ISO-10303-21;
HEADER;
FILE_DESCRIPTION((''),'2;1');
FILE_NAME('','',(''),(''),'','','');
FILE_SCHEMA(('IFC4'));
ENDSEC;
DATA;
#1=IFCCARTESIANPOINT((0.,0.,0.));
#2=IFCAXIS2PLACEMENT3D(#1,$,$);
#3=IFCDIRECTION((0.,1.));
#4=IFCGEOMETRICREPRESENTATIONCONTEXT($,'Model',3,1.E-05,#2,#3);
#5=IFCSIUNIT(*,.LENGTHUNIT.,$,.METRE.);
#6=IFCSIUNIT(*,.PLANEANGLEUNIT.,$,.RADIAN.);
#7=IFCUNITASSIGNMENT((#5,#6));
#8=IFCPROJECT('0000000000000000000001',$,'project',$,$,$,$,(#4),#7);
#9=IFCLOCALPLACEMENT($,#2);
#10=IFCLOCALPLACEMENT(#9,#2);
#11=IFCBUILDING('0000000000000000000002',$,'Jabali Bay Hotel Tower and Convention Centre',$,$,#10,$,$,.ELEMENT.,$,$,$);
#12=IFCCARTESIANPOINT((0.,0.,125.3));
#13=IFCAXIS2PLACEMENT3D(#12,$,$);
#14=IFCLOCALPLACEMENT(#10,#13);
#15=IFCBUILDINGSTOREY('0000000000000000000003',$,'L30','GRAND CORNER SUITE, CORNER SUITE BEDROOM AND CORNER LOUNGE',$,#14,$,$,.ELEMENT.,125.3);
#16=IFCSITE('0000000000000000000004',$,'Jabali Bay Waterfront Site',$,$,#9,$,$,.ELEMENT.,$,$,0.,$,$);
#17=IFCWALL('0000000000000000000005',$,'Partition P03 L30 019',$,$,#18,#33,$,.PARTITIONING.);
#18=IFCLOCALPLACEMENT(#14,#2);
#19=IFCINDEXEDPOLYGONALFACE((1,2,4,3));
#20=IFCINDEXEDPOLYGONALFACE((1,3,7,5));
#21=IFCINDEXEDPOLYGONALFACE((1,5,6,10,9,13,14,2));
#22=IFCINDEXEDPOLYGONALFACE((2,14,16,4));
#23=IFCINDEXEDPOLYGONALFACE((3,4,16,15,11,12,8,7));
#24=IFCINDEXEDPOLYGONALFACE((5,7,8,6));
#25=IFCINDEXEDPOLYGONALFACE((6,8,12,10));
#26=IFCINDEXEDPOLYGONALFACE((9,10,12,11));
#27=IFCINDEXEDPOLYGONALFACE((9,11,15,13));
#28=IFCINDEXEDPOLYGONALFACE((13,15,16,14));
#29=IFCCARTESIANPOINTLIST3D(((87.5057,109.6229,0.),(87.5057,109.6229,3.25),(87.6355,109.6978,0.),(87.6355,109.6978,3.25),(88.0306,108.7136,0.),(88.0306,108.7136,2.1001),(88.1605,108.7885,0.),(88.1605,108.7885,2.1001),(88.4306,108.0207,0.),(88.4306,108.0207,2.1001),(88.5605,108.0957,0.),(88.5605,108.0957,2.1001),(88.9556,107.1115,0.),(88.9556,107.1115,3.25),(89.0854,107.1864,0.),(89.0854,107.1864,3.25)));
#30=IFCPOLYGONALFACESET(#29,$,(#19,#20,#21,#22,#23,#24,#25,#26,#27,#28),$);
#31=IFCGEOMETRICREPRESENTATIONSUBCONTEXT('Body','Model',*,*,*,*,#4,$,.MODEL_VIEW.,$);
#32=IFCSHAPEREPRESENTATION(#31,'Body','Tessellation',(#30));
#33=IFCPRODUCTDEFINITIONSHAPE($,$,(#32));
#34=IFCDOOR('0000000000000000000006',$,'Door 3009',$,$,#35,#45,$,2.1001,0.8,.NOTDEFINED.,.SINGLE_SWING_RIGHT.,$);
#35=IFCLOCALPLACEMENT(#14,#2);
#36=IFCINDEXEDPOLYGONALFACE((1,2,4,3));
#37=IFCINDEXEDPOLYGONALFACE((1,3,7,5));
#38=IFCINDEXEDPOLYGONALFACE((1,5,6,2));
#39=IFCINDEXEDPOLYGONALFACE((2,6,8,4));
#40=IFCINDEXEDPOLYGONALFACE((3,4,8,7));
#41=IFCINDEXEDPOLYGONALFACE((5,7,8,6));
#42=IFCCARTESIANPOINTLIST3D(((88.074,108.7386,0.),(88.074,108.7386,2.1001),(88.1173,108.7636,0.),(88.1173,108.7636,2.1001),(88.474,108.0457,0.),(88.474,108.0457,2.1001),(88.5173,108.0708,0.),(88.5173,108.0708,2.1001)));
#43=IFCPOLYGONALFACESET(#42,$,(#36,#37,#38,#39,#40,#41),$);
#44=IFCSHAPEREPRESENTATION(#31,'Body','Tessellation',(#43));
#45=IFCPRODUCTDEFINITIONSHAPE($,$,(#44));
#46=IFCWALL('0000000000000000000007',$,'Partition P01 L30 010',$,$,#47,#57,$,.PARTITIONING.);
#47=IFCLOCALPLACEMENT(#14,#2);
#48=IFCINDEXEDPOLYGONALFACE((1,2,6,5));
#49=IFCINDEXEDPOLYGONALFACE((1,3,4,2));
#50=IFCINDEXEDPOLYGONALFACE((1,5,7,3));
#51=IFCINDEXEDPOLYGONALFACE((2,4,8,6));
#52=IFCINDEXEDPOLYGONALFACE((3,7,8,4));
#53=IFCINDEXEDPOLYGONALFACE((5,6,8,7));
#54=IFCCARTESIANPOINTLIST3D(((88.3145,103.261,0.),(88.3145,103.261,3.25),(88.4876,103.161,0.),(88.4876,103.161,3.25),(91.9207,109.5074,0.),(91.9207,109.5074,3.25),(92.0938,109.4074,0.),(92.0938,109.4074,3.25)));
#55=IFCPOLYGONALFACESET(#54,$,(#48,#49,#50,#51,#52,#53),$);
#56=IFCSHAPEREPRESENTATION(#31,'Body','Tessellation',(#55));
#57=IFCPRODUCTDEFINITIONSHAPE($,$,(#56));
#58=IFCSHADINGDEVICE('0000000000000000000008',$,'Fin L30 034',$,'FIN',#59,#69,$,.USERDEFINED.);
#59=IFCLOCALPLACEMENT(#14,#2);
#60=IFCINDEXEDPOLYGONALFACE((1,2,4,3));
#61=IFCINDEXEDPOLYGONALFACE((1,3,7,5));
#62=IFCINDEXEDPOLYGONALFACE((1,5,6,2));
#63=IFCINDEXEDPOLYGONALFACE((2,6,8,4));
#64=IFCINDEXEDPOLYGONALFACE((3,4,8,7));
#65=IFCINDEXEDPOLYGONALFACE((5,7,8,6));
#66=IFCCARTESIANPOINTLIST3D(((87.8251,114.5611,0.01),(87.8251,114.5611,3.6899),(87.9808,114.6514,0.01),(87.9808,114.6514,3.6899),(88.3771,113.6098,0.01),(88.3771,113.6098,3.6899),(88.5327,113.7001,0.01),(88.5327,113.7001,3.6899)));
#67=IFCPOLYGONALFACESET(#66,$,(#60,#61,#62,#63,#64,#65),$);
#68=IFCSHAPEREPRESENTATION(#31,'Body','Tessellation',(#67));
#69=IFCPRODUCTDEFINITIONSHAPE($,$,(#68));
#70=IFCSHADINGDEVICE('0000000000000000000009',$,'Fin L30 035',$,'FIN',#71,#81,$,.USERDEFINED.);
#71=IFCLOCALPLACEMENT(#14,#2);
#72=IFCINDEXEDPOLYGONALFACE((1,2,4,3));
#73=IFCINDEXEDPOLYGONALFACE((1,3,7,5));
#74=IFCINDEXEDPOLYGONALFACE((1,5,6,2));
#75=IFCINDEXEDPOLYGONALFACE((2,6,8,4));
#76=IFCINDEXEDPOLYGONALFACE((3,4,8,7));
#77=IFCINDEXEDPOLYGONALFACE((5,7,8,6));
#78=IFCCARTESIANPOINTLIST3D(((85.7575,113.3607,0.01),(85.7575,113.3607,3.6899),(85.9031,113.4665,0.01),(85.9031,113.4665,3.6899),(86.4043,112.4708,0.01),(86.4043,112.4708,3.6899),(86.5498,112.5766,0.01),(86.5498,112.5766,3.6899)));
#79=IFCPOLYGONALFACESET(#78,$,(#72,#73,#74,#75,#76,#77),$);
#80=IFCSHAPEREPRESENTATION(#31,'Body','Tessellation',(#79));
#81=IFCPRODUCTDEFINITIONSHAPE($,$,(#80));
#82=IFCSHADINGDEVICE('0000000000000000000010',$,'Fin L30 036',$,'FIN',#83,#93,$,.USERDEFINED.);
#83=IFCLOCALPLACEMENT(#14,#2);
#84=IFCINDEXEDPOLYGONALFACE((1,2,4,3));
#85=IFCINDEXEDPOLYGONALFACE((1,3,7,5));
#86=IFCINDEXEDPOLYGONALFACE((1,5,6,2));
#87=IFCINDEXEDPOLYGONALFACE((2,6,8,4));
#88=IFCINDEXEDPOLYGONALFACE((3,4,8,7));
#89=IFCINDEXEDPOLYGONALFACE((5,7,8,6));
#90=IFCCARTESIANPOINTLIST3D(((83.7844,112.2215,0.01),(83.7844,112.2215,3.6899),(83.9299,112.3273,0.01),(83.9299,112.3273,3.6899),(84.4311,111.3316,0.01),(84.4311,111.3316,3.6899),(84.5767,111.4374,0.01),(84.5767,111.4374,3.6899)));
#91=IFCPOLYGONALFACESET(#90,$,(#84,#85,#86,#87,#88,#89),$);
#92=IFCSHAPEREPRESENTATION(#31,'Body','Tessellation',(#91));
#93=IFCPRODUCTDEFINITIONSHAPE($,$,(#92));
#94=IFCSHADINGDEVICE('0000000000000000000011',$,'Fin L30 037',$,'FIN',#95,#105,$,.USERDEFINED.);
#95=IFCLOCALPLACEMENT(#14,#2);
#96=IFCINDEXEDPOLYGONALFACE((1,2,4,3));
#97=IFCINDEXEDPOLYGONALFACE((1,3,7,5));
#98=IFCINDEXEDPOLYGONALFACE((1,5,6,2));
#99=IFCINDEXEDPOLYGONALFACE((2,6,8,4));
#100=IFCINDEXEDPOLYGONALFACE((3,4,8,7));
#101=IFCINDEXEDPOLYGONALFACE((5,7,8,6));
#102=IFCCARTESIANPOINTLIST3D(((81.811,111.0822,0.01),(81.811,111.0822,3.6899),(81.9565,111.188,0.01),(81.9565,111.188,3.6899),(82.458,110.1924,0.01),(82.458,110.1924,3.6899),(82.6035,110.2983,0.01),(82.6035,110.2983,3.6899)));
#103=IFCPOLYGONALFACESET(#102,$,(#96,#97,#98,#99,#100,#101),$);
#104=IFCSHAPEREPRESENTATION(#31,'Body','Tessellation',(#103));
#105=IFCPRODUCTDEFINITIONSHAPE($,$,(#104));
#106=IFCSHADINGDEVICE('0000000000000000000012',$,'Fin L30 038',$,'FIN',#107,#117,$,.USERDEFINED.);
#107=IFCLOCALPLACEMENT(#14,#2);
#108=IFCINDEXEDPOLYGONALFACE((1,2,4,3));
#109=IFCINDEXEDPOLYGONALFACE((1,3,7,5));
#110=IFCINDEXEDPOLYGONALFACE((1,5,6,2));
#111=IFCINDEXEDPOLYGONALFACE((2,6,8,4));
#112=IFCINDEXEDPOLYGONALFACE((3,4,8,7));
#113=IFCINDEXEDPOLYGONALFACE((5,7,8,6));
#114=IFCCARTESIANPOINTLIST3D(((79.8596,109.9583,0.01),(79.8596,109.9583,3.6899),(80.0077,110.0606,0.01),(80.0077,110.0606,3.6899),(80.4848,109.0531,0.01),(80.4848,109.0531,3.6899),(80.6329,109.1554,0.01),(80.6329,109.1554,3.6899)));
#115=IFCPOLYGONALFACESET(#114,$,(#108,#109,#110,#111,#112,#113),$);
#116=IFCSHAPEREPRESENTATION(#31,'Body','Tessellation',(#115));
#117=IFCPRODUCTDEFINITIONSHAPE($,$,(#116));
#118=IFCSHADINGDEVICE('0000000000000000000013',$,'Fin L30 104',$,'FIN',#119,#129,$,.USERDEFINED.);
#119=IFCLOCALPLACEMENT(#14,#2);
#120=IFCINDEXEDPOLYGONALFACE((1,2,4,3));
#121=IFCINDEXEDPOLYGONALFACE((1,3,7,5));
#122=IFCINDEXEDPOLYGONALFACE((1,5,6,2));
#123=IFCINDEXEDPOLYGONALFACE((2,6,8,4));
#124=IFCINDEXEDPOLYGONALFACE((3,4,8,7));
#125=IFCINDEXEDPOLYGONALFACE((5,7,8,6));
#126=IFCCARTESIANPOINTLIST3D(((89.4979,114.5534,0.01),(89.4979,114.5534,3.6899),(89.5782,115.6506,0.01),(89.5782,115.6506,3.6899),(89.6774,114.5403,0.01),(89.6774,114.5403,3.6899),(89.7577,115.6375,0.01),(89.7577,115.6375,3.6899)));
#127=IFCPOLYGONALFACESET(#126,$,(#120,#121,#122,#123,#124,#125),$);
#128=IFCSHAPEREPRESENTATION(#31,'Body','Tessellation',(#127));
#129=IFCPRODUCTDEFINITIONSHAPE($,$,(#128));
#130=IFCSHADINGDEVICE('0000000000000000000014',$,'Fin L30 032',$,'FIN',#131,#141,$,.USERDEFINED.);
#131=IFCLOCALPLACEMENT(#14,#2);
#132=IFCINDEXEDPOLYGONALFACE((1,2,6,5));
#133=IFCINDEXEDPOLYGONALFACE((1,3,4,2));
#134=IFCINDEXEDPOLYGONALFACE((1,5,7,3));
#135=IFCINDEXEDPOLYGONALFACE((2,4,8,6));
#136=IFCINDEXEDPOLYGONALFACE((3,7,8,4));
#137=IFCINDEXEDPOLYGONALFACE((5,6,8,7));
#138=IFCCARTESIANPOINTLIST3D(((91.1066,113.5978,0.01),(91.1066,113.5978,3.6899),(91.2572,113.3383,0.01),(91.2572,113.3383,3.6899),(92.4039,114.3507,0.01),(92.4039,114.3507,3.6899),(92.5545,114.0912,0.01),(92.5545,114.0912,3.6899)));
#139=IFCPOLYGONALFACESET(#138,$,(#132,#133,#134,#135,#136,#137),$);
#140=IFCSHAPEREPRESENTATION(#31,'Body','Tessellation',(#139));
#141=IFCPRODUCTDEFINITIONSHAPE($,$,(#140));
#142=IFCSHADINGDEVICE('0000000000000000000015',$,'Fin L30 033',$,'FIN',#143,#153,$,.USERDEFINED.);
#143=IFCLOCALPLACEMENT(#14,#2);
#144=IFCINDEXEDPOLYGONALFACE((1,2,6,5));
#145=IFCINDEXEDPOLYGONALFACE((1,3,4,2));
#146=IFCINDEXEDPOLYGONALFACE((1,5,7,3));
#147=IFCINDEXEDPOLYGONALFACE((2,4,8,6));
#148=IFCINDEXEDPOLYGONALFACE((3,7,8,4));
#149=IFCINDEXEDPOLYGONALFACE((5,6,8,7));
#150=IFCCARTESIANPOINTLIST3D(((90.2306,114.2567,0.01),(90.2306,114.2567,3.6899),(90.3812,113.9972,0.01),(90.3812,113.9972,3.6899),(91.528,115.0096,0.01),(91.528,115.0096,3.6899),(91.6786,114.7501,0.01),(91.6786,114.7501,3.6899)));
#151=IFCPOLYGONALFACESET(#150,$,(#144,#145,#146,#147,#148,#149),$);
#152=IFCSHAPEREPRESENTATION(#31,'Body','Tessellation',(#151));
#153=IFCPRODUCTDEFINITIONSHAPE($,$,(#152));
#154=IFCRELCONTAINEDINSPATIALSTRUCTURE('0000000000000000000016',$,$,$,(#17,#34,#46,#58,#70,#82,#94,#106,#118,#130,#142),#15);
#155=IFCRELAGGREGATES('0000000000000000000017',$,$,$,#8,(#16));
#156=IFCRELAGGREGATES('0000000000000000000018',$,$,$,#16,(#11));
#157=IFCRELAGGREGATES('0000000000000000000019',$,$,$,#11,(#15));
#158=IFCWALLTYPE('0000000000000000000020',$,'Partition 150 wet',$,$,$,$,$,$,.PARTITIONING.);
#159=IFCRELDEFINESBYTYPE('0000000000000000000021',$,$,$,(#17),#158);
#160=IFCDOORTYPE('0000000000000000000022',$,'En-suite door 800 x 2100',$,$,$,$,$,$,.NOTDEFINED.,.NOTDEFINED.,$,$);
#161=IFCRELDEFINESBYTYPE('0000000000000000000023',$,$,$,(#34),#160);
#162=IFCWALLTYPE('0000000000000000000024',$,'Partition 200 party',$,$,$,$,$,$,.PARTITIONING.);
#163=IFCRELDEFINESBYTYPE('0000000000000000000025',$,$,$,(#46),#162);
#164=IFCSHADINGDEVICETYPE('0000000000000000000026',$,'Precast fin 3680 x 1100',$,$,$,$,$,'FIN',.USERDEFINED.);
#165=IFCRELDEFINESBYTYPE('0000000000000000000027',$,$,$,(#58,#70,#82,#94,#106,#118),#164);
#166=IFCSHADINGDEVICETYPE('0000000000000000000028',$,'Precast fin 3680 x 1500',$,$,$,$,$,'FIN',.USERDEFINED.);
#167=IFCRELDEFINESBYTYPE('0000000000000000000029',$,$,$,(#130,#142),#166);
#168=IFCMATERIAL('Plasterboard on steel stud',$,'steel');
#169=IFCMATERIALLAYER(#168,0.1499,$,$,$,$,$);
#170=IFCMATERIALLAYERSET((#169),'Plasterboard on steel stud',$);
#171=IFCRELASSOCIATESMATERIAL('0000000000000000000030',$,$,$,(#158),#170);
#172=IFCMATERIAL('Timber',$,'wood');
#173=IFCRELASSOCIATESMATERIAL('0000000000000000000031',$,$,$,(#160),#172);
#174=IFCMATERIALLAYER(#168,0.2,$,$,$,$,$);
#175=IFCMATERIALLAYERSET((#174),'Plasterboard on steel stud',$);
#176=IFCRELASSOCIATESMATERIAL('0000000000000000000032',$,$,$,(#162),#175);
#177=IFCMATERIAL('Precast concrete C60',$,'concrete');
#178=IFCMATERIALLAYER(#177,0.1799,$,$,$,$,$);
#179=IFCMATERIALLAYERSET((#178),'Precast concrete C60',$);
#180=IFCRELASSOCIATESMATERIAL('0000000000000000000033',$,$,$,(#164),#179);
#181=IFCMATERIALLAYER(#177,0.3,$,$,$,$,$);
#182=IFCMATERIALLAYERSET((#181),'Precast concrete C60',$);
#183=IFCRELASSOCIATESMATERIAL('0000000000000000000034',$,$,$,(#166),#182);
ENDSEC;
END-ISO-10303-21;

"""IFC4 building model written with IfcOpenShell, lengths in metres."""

from ifc_helpers import new_model, si_unit, direction, frame, frame_2d, origin, place, context, subcontext, project, spatial, rectangle, extrude, material, layer, layer_set, type_object, element, fill, save


model = new_model("IFC4")

# Units and contexts
model_context = context("Model", 3, precision=1e-05, world=origin(), true_north=direction((0.0, 1.0)))
body_context = subcontext(model_context, "Body", "Model", "MODEL_VIEW")
ifc_project = project(units=[si_unit("LENGTHUNIT", "METRE"), si_unit("PLANEANGLEUNIT", "RADIAN")], contexts=[model_context])

# Site, building, storey
site_placement = place(None, origin())
site = spatial("IfcSite", under=ifc_project, at=site_placement, Name="Jabali Bay Waterfront Site", CompositionType="ELEMENT", RefElevation=0.0)
building_placement = place(site_placement, origin())
building = spatial("IfcBuilding", under=site, at=building_placement, Name="Jabali Bay Hotel Tower and Convention Centre", CompositionType="ELEMENT")
storey_placement = place(building_placement, frame((0.0, 0.0, 125.3)))
storey = spatial("IfcBuildingStorey", under=building, at=storey_placement, Name="L30", Description="GRAND CORNER SUITE, CORNER SUITE BEDROOM AND CORNER LOUNGE", CompositionType="ELEMENT", Elevation=125.3)

# Shared definitions
ifc_material_1 = material(Name="Plasterboard on steel stud", Category="steel")
ifc_layer_1 = layer(ifc_material_1, 0.1499)
ifc_layer_set_1 = layer_set([ifc_layer_1], Name="Plasterboard on steel stud")
wall_type_1 = type_object("IfcWallType", Name="Partition 150 wet", PredefinedType="PARTITIONING", material=ifc_layer_set_1)

# Wall, opening, door
wall_1_placement = place(storey_placement, frame((89.0205, 107.1489, 0.0), z_axis=(0.0, 0.0, 1.0), x_axis=(-0.499987, 0.866033, 0.0)))
wall_1 = element("IfcWall", 1, at=wall_1_placement, inside=storey, type_object=wall_type_1, Name="Partition P03 L30 019", PredefinedType="PARTITIONING", context=body_context, shape_type="SweptSolid", body=[
    extrude(rectangle(XDim=2.8999, YDim=0.1499, at=frame_2d((1.45, 0.0))), origin(), (0.0, 0.0, 1.0), 3.25),
])
opening_1_placement = place(wall_1_placement, frame((1.05, 0.0, 0.0)))
opening_1 = element("IfcOpeningElement", 2, at=opening_1_placement, cuts=wall_1, PredefinedType="OPENING", context=body_context, shape_type="SweptSolid", body=[
    extrude(rectangle(XDim=0.8, YDim=2.1001, at=frame_2d((0.3999, 1.05))), frame((0.0, 0.0854, 0.0), z_axis=(0.0, -1.0, 0.0), x_axis=(1.0, 0.0, 0.0)), (0.0, 0.0, 1.0), 0.1709),
])
ifc_material_2 = material(Name="Timber", Category="wood")
door_type = type_object("IfcDoorType", Name="En-suite door 800 x 2100", OperationType="NOTDEFINED", PredefinedType="NOTDEFINED", material=ifc_material_2)
door_placement = place(opening_1_placement, origin())
door = element("IfcDoor", 3, at=door_placement, inside=storey, type_object=door_type, Name="Door 3009", OperationType="SINGLE_SWING_RIGHT", OverallHeight=2.1001, OverallWidth=0.8, PredefinedType="NOTDEFINED", context=body_context, shape_type="SweptSolid", body=[
    extrude(rectangle(XDim=0.8, YDim=2.1001, at=frame_2d((0.3999, 1.05))), frame((0.0, 0.0249, 0.0), z_axis=(0.0, -1.0, 0.0), x_axis=(1.0, 0.0, 0.0)), (0.0, 0.0, 1.0), 0.05),
])
fill(opening_1, door)

# Wall
ifc_layer_2 = layer(ifc_material_1, 0.2)
ifc_layer_set_2 = layer_set([ifc_layer_2], Name="Plasterboard on steel stud")
wall_type_2 = type_object("IfcWallType", Name="Partition 200 party", PredefinedType="PARTITIONING", material=ifc_layer_set_2)
wall_2_placement = place(storey_placement, frame((92.0073, 109.4575, 0.0), z_axis=(0.0, 0.0, 1.0), x_axis=(-0.499987, -0.866033, 0.0)))
element("IfcWall", 4, at=wall_2_placement, inside=storey, type_object=wall_type_2, Name="Partition P01 L30 010", PredefinedType="PARTITIONING", context=body_context, shape_type="SweptSolid", body=[
    extrude(rectangle(XDim=7.2126, YDim=0.2, at=frame_2d((3.6064, 0.0))), origin(), (0.0, 0.0, 1.0), 3.25),
])

# Shading devices
ifc_material_3 = material(Name="Precast concrete C60", Category="concrete")
ifc_layer_3 = layer(ifc_material_3, 0.1799)
ifc_layer_set_3 = layer_set([ifc_layer_3], Name="Precast concrete C60")
shading_device_type_1 = type_object("IfcShadingDeviceType", Name="Precast fin 3680 x 1100", ElementType="FIN", PredefinedType="USERDEFINED", material=ifc_layer_set_3)
shading_device_placement = place(storey_placement, frame((88.4548, 113.655, 0.01), z_axis=(0.0, 0.0, 1.0), x_axis=(-0.501841, 0.86496, 0.0)))
element("IfcShadingDevice", 5, at=shading_device_placement, inside=storey, type_object=shading_device_type_1, Name="Fin L30 034", ObjectType="FIN", PredefinedType="USERDEFINED", context=body_context, shape_type="SweptSolid", body=[
    extrude(rectangle(XDim=1.0999, YDim=0.1799, at=frame_2d((0.5498, 0.0))), origin(), (0.0, 0.0, 1.0), 3.6799),
])
for number, where, z_axis, x_axis, name in (
    (6, (86.4771, 112.5237, 0.01), (0.0, 0.0, 1.0), (-0.587895, 0.808938, 0.0), "Fin L30 035"),
    (7, (84.5039, 111.3845, 0.01), (0.0, 0.0, 1.0), (-0.587895, 0.808938, 0.0), "Fin L30 036"),
    (8, (82.5308, 110.2454, 0.01), (0.0, 0.0, 1.0), (-0.588145, 0.808755, 0.0), "Fin L30 037"),
    (9, (80.5588, 109.1042, 0.01), (0.0, 0.0, 1.0), (-0.568298, 0.822823, 0.0), "Fin L30 038"),
    (10, (89.5876, 114.5469, 0.01), (0.0, 0.0, 1.0), (0.073013, 0.997331, 0.0), "Fin L30 104"),
):
    element("IfcShadingDevice", number, at=place(storey_placement, frame(where, z_axis=z_axis, x_axis=x_axis)), inside=storey, type_object=shading_device_type_1, Name=name, ObjectType="FIN", PredefinedType="USERDEFINED", context=body_context, shape_type="SweptSolid", body=[
        extrude(rectangle(XDim=1.1001, YDim=0.1799, at=frame_2d((0.55, 0.0))), origin(), (0.0, 0.0, 1.0), 3.6799),
    ])
ifc_layer_4 = layer(ifc_material_3, 0.3)
ifc_layer_set_4 = layer_set([ifc_layer_4], Name="Precast concrete C60")
shading_device_type_2 = type_object("IfcShadingDeviceType", Name="Precast fin 3680 x 1500", ElementType="FIN", PredefinedType="USERDEFINED", material=ifc_layer_set_4)
for number, where, z_axis, x_axis, name in (
    (11, (91.1819, 113.468, 0.01), (0.0, 0.0, 1.0), (0.864898, 0.501947, 0.0), "Fin L30 032"),
    (12, (90.3059, 114.127, 0.01), (0.0, 0.0, 1.0), (0.864898, 0.501947, 0.0), "Fin L30 033"),
):
    element("IfcShadingDevice", number, at=place(storey_placement, frame(where, z_axis=z_axis, x_axis=x_axis)), inside=storey, type_object=shading_device_type_2, Name=name, ObjectType="FIN", PredefinedType="USERDEFINED", context=body_context, shape_type="SweptSolid", body=[
        extrude(rectangle(XDim=1.5, YDim=0.3, at=frame_2d((0.75, 0.0))), origin(), (0.0, 0.0, 1.0), 3.6799),
    ])

save(model, "model.ifc")
